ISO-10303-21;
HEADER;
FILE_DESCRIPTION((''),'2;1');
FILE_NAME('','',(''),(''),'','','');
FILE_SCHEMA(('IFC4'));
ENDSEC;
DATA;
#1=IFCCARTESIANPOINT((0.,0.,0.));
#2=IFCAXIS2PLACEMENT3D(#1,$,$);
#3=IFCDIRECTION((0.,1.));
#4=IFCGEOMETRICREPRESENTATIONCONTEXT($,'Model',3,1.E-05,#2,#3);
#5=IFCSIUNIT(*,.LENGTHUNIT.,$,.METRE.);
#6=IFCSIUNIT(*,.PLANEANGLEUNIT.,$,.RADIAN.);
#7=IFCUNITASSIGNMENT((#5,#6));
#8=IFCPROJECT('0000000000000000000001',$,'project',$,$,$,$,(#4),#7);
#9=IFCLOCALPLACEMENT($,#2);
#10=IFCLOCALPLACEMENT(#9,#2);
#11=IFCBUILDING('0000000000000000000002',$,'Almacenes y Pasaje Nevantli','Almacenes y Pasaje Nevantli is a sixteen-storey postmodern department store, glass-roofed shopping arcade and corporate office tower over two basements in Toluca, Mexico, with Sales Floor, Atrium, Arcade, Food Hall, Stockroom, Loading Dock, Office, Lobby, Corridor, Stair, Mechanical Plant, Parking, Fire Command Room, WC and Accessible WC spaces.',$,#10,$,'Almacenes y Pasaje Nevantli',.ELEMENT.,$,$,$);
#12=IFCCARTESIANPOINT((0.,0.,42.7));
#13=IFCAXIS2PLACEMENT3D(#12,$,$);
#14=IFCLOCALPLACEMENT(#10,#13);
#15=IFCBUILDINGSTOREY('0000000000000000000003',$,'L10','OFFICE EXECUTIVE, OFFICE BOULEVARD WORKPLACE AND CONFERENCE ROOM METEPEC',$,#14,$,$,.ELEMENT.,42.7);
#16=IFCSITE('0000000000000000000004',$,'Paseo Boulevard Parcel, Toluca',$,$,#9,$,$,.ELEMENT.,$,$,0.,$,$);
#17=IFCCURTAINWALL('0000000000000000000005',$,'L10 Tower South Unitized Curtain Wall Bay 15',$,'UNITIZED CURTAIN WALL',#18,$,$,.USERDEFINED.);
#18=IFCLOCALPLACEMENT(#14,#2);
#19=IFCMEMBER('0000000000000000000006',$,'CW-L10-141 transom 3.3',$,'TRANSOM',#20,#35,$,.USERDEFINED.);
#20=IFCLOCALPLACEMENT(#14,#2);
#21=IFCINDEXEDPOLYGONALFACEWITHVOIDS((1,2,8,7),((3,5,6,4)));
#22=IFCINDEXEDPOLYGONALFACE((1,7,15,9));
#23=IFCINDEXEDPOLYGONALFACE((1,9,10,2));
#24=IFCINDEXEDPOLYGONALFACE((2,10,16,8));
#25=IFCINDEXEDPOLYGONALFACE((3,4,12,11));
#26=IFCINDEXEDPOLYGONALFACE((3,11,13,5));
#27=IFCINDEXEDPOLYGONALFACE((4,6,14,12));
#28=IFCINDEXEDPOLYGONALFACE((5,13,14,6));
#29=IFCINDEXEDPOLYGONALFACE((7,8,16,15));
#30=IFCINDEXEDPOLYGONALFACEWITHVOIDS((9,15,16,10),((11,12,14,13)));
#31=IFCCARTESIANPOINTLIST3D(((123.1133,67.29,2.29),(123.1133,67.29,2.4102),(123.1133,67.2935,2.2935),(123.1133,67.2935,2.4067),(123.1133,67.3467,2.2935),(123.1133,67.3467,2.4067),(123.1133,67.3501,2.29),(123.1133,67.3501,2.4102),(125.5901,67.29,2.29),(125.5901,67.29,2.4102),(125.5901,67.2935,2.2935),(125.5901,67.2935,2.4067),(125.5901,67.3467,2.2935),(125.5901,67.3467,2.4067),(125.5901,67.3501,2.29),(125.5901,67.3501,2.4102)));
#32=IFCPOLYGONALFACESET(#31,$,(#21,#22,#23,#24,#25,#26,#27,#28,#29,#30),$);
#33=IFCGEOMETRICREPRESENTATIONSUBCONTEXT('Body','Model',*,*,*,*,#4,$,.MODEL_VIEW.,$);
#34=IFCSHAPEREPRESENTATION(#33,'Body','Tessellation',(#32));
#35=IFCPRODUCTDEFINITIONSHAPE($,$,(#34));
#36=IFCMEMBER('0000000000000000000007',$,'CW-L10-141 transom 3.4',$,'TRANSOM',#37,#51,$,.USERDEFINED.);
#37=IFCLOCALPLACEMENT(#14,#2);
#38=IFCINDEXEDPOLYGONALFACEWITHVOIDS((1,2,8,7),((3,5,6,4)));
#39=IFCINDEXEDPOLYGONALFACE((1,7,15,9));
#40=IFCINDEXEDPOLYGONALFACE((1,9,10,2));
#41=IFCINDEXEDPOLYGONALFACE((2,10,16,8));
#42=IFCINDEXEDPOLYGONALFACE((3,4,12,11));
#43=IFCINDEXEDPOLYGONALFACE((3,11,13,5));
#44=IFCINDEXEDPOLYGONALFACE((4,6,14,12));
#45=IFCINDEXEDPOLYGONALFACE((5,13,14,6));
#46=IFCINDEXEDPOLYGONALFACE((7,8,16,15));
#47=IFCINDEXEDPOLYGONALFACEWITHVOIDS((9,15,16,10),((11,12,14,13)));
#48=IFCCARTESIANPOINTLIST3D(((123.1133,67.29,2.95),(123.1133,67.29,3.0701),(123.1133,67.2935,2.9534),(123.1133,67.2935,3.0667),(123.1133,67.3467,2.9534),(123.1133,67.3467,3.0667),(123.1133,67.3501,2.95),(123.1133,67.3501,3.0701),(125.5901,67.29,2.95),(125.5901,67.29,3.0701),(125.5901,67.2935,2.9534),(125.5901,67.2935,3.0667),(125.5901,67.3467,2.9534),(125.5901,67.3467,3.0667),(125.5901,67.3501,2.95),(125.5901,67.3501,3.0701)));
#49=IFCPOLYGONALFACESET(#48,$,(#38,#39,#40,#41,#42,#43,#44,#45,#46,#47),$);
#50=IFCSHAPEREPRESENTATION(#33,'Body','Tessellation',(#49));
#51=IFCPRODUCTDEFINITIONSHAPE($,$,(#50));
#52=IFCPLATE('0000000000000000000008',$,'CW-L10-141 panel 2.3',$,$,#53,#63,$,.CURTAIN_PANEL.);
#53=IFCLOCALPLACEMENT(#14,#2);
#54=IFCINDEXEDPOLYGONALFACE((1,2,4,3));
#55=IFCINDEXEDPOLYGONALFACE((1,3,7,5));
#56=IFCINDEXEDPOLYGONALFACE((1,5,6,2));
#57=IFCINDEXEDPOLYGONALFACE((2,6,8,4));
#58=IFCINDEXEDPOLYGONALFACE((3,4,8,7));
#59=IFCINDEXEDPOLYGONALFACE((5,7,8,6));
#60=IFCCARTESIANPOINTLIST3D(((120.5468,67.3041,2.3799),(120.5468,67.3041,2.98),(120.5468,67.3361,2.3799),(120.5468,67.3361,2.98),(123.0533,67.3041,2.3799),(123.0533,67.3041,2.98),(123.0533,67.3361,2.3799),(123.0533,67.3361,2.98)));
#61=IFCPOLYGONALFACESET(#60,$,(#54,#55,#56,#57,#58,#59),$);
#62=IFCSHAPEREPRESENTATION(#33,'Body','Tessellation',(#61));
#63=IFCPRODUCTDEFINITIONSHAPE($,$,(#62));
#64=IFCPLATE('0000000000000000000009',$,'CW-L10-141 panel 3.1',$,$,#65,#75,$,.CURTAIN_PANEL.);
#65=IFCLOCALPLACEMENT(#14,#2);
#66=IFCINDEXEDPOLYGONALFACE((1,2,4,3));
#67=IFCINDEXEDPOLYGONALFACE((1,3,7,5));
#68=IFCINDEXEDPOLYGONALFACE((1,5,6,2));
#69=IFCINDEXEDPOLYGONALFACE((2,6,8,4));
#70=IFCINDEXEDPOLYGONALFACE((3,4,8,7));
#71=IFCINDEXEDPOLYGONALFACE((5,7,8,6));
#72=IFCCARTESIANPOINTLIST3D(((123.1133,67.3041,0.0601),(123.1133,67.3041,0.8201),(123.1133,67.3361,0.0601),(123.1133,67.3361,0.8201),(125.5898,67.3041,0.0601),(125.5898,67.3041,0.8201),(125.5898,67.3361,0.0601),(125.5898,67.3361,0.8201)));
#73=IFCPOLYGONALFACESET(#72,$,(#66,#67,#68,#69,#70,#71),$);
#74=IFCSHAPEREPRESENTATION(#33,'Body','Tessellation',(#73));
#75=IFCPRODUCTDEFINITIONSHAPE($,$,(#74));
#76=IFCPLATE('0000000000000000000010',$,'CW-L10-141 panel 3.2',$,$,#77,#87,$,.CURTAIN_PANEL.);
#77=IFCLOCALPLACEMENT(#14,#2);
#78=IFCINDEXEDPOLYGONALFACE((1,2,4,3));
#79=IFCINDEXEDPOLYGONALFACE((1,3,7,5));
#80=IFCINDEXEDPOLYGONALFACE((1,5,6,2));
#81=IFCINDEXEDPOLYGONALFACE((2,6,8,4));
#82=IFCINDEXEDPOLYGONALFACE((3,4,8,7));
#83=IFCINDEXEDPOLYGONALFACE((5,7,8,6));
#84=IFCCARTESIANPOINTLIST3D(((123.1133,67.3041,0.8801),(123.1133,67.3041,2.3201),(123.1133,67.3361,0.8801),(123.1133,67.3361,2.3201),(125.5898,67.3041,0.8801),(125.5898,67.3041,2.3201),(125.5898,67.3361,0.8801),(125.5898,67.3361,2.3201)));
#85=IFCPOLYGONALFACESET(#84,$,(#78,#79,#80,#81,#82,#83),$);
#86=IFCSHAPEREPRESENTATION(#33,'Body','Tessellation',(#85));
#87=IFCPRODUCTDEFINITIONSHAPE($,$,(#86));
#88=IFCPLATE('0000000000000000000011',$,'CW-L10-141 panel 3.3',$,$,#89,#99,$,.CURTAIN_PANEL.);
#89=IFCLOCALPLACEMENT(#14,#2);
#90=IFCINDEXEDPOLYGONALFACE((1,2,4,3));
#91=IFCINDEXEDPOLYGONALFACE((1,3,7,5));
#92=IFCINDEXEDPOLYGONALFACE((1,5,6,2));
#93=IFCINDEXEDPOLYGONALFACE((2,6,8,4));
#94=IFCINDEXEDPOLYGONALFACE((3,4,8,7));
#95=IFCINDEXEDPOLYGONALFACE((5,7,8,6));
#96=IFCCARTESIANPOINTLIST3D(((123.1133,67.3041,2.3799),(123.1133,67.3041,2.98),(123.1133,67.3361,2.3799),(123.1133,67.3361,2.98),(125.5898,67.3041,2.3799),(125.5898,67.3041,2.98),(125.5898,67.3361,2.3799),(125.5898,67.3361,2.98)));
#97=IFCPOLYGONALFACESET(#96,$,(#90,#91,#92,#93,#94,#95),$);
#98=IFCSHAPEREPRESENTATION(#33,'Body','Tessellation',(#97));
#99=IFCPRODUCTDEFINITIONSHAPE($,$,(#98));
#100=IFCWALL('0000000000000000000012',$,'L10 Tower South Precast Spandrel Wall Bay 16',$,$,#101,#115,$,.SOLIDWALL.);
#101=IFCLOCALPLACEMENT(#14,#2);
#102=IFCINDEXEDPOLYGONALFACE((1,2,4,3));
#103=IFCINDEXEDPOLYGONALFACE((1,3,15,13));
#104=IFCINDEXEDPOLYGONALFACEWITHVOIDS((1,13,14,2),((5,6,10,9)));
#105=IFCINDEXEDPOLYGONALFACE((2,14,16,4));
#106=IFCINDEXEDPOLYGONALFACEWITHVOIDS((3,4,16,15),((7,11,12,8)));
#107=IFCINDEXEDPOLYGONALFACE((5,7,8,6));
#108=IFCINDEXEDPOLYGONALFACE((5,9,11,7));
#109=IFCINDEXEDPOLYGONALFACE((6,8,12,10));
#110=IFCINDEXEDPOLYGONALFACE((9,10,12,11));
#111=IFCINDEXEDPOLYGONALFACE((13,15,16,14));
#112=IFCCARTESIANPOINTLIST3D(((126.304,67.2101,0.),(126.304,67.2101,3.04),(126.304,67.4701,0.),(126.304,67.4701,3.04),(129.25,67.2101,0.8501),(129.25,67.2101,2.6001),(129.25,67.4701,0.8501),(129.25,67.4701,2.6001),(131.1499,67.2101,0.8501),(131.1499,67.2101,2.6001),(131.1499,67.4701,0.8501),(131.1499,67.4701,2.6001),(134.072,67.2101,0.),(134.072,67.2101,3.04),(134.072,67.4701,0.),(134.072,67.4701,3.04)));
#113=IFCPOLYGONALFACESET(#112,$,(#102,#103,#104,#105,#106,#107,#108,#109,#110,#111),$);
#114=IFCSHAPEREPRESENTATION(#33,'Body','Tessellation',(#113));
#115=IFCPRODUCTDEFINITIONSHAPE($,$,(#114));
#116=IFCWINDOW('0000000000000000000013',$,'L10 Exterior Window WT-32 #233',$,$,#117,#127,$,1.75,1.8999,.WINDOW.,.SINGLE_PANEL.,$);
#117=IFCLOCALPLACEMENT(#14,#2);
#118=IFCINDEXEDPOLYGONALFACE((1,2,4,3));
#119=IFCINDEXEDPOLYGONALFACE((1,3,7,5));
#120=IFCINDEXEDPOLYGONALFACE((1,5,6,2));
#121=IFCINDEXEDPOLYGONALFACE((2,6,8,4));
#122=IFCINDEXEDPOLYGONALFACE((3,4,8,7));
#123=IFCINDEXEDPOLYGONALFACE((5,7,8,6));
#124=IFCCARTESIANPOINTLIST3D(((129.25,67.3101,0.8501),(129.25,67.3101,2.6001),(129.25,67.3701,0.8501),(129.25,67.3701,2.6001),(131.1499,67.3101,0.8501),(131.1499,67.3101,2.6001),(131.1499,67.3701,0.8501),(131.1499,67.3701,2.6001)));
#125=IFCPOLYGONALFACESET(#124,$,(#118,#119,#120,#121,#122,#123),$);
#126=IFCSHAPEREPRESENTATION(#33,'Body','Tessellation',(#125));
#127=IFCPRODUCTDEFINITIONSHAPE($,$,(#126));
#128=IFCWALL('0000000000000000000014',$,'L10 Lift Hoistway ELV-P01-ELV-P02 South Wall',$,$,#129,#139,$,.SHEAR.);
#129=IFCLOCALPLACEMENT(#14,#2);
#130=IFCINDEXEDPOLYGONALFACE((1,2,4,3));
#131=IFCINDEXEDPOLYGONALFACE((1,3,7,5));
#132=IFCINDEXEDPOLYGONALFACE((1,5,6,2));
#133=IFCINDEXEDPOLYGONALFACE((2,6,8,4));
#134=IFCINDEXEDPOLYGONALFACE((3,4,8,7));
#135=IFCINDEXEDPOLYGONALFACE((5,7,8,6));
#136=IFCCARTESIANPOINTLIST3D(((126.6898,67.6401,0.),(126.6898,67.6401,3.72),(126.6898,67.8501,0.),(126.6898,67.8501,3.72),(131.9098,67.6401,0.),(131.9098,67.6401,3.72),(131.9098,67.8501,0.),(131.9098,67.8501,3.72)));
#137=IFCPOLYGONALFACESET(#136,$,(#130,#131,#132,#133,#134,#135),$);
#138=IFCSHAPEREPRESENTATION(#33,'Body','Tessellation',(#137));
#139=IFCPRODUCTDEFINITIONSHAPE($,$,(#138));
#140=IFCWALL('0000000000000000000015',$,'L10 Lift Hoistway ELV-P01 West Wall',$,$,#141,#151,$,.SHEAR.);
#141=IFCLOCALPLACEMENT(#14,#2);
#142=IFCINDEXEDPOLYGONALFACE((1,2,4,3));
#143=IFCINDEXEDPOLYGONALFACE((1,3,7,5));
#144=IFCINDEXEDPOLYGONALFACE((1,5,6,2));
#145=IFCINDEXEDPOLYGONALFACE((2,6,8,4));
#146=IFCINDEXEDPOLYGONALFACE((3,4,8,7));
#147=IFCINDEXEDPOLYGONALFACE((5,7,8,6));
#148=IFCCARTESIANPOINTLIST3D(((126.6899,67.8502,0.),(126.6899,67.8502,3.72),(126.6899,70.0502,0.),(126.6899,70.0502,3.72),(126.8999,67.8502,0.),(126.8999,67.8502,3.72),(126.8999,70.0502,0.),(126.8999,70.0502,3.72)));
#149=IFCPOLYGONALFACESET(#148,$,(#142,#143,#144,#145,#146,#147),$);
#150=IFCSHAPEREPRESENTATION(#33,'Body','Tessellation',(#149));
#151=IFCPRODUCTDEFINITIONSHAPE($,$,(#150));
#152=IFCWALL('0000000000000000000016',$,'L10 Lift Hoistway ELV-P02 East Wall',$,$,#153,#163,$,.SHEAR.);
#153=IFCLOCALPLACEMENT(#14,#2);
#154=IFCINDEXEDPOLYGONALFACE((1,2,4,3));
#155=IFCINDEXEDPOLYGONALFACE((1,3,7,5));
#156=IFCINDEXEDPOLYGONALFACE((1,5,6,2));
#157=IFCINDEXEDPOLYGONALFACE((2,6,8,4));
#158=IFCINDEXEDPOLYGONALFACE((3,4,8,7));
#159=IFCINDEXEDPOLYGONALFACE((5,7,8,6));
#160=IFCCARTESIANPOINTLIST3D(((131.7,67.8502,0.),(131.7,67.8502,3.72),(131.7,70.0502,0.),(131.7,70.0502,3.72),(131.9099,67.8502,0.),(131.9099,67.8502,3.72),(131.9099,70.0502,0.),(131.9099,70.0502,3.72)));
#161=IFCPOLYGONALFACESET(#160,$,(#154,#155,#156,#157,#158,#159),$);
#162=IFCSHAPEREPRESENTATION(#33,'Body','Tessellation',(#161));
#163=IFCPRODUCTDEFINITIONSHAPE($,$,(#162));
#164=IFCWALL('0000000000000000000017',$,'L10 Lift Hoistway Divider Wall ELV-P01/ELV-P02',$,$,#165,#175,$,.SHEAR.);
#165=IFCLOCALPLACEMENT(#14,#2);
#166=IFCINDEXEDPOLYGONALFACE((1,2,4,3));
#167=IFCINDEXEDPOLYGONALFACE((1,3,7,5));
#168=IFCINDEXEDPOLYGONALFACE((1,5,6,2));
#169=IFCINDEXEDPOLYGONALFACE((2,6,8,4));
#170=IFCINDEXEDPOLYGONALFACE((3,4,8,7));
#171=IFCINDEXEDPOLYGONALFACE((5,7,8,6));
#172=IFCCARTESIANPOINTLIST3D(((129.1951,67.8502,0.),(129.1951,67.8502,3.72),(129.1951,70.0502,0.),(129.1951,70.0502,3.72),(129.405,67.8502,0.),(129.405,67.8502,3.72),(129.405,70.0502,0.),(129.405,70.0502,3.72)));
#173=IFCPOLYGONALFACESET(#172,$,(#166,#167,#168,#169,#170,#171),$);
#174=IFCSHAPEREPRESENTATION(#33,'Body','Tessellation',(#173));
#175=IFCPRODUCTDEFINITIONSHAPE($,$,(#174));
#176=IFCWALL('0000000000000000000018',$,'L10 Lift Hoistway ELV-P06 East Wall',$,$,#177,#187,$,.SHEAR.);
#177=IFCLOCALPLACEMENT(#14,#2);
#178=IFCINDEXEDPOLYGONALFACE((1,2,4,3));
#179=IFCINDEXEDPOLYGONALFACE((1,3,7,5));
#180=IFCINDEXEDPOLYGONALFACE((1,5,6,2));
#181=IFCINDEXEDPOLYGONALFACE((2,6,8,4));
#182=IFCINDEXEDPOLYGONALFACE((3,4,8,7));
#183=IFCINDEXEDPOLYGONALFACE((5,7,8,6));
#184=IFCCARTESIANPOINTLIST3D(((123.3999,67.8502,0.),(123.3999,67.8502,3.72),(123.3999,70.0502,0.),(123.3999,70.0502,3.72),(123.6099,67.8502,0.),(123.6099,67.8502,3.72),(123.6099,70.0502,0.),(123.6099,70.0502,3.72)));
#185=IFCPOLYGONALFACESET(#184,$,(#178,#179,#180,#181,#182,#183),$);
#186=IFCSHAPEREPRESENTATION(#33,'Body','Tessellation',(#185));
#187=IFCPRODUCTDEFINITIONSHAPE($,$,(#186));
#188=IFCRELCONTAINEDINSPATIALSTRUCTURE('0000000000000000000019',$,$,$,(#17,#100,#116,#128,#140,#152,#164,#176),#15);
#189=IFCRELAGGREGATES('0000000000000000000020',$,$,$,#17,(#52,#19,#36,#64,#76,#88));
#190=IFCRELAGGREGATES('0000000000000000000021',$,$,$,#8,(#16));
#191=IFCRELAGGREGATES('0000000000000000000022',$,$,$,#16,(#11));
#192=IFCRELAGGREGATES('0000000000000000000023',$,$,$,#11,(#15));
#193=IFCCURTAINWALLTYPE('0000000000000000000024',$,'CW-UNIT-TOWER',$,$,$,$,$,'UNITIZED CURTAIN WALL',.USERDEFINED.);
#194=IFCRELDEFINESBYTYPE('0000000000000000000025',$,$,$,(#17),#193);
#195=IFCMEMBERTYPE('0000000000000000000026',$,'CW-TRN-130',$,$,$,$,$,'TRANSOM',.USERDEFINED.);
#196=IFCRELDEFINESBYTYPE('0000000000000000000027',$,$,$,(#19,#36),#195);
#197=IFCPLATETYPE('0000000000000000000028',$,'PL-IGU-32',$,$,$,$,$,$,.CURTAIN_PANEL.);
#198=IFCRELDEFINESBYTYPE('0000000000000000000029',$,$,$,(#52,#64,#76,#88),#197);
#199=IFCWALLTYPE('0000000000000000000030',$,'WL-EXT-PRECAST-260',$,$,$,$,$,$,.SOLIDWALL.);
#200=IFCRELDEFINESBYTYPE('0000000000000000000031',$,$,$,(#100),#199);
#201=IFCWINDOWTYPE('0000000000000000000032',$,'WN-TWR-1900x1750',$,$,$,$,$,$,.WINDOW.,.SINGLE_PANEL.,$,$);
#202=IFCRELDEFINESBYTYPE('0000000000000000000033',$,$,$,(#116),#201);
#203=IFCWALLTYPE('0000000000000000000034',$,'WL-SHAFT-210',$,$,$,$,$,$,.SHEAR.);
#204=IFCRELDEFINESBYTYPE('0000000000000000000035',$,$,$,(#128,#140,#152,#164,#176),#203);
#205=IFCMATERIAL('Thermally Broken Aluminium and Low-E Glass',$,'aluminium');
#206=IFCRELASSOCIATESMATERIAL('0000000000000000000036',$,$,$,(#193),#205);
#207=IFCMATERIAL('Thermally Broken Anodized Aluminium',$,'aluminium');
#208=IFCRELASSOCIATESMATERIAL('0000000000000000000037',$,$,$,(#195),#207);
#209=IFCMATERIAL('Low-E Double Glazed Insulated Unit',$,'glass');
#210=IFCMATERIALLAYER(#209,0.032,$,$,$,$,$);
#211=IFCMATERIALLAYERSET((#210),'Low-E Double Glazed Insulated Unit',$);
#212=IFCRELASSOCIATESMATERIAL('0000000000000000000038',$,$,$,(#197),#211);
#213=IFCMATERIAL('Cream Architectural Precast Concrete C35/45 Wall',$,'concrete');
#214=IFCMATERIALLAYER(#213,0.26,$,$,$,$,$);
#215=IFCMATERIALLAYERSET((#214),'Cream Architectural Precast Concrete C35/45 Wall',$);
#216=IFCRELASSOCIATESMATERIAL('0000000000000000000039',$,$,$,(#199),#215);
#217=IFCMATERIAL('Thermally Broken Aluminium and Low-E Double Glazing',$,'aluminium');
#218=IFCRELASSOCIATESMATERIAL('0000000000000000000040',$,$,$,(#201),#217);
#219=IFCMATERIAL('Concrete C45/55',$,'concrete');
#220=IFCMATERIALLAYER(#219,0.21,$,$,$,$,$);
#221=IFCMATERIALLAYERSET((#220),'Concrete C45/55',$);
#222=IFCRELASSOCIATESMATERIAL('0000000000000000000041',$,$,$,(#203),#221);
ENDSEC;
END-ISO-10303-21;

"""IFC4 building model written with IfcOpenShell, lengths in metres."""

from ifc_helpers import new_model, si_unit, direction, frame, frame_2d, origin, origin_2d, place, context, subcontext, project, spatial, rectangle, hollow_rectangle, extrude, material, layer, layer_set, material_profile, profile_set, type_object, element, fill, aggregate, save


model = new_model("IFC4")

# Units and contexts
model_context = context("Model", 3, precision=1e-05, world=origin(), true_north=direction((0.0, 1.0)))
body_context = subcontext(model_context, "Body", "Model", "MODEL_VIEW")
ifc_project = project(units=[si_unit("LENGTHUNIT", "METRE"), si_unit("PLANEANGLEUNIT", "RADIAN")], contexts=[model_context])

# Site, building, storey
site_placement = place(None, origin())
site = spatial("IfcSite", under=ifc_project, at=site_placement, Name="Paseo Boulevard Parcel, Toluca", CompositionType="ELEMENT", RefElevation=0.0)
building_placement = place(site_placement, origin())
building = spatial("IfcBuilding", under=site, at=building_placement, Name="Almacenes y Pasaje Nevantli", Description="Almacenes y Pasaje Nevantli is a sixteen-storey postmodern department store, glass-roofed shopping arcade and corporate office tower over two basements in Toluca, Mexico, with Sales Floor, Atrium, Arcade, Food Hall, Stockroom, Loading Dock, Office, Lobby, Corridor, Stair, Mechanical Plant, Parking, Fire Command Room, WC and Accessible WC spaces.", LongName="Almacenes y Pasaje Nevantli", CompositionType="ELEMENT")
storey_placement = place(building_placement, frame((0.0, 0.0, 42.7)))
storey = spatial("IfcBuildingStorey", under=building, at=storey_placement, Name="L10", Description="OFFICE EXECUTIVE, OFFICE BOULEVARD WORKPLACE AND CONFERENCE ROOM METEPEC", CompositionType="ELEMENT", Elevation=42.7)

# Curtain wall, members, plates
ifc_material_1 = material(Name="Thermally Broken Aluminium and Low-E Glass", Category="aluminium")
curtain_wall_type = type_object("IfcCurtainWallType", Name="CW-UNIT-TOWER", ElementType="UNITIZED CURTAIN WALL", PredefinedType="USERDEFINED", material=ifc_material_1)
curtain_wall_placement = place(storey_placement, origin())
curtain_wall = element("IfcCurtainWall", 1, at=curtain_wall_placement, inside=storey, type_object=curtain_wall_type, Name="L10 Tower South Unitized Curtain Wall Bay 15", ObjectType="UNITIZED CURTAIN WALL", PredefinedType="USERDEFINED")
ifc_material_2 = material(Name="Thermally Broken Anodized Aluminium", Category="aluminium")
ifc_material_profile_1 = material_profile(ifc_material_2, hollow_rectangle(XDim=0.0601, YDim=0.1201, WallThickness=0.0034, at=origin_2d()), Name="ALU-TRN-60x120")
ifc_profile_set_1 = profile_set([ifc_material_profile_1], Name="Thermally Broken Anodized Aluminium")
member_type_1 = type_object("IfcMemberType", Name="CW-TRN-130", ElementType="TRANSOM", PredefinedType="USERDEFINED", material=ifc_profile_set_1)
member_1_placement = place(storey_placement, frame((123.1133, 67.3201, 2.3501), z_axis=(1.0, 0.0, 0.0), x_axis=(0.0, 1.0, 0.0)))
member_1 = element("IfcMember", 2, at=member_1_placement, type_object=member_type_1, Name="CW-L10-141 transom 3.3", ObjectType="TRANSOM", PredefinedType="USERDEFINED", context=body_context, shape_type="SweptSolid", body=[
    extrude(hollow_rectangle(XDim=0.0601, YDim=0.1201, WallThickness=0.0034, at=origin_2d()), origin(), (0.0, 0.0, 1.0), 2.4768),
])
member_2_placement = place(storey_placement, frame((123.1133, 67.3201, 3.01), z_axis=(1.0, 0.0, 0.0), x_axis=(0.0, 1.0, 0.0)))
member_2 = element("IfcMember", 3, at=member_2_placement, type_object=member_type_1, Name="CW-L10-141 transom 3.4", ObjectType="TRANSOM", PredefinedType="USERDEFINED", context=body_context, shape_type="SweptSolid", body=[
    extrude(hollow_rectangle(XDim=0.0601, YDim=0.1201, WallThickness=0.0034, at=origin_2d()), origin(), (0.0, 0.0, 1.0), 2.4768),
])
ifc_material_3 = material(Name="Low-E Double Glazed Insulated Unit", Category="glass")
ifc_layer_1 = layer(ifc_material_3, 0.032)
ifc_layer_set_1 = layer_set([ifc_layer_1], Name="Low-E Double Glazed Insulated Unit")
plate_type = type_object("IfcPlateType", Name="PL-IGU-32", PredefinedType="CURTAIN_PANEL", material=ifc_layer_set_1)
plate_1_placement = place(storey_placement, frame((121.8, 67.3201, 2.3799), z_axis=(0.0, 0.0, 1.0), x_axis=(1.0, 0.0, 0.0)))
plate_1 = element("IfcPlate", 4, at=plate_1_placement, type_object=plate_type, Name="CW-L10-141 panel 2.3", PredefinedType="CURTAIN_PANEL", context=body_context, shape_type="SweptSolid", body=[
    extrude(rectangle(XDim=2.5066, YDim=0.032, at=origin_2d()), origin(), (0.0, 0.0, 1.0), 0.6001),
])
plate_2_placement = place(storey_placement, frame((124.3516, 67.3201, 0.0601), z_axis=(0.0, 0.0, 1.0), x_axis=(1.0, 0.0, 0.0)))
plate_2 = element("IfcPlate", 5, at=plate_2_placement, type_object=plate_type, Name="CW-L10-141 panel 3.1", PredefinedType="CURTAIN_PANEL", context=body_context, shape_type="SweptSolid", body=[
    extrude(rectangle(XDim=2.4766, YDim=0.032, at=origin_2d()), origin(), (0.0, 0.0, 1.0), 0.76),
])
plate_3_placement = place(storey_placement, frame((124.3516, 67.3201, 0.8801), z_axis=(0.0, 0.0, 1.0), x_axis=(1.0, 0.0, 0.0)))
plate_3 = element("IfcPlate", 6, at=plate_3_placement, type_object=plate_type, Name="CW-L10-141 panel 3.2", PredefinedType="CURTAIN_PANEL", context=body_context, shape_type="SweptSolid", body=[
    extrude(rectangle(XDim=2.4766, YDim=0.032, at=origin_2d()), origin(), (0.0, 0.0, 1.0), 1.4399),
])
plate_4_placement = place(storey_placement, frame((124.3516, 67.3201, 2.3799), z_axis=(0.0, 0.0, 1.0), x_axis=(1.0, 0.0, 0.0)))
plate_4 = element("IfcPlate", 7, at=plate_4_placement, type_object=plate_type, Name="CW-L10-141 panel 3.3", PredefinedType="CURTAIN_PANEL", context=body_context, shape_type="SweptSolid", body=[
    extrude(rectangle(XDim=2.4766, YDim=0.032, at=origin_2d()), origin(), (0.0, 0.0, 1.0), 0.6001),
])
aggregate(curtain_wall, [plate_1, member_1, member_2, plate_2, plate_3, plate_4])

# Wall, opening, window
ifc_material_4 = material(Name="Cream Architectural Precast Concrete C35/45 Wall", Category="concrete")
ifc_layer_2 = layer(ifc_material_4, 0.26)
ifc_layer_set_2 = layer_set([ifc_layer_2], Name="Cream Architectural Precast Concrete C35/45 Wall")
wall_type_1 = type_object("IfcWallType", Name="WL-EXT-PRECAST-260", PredefinedType="SOLIDWALL", material=ifc_layer_set_2)
wall_1_placement = place(storey_placement, frame((126.304, 67.3401, 0.0), z_axis=(0.0, 0.0, 1.0), x_axis=(1.0, 0.0, 0.0)))
wall_1 = element("IfcWall", 8, at=wall_1_placement, inside=storey, type_object=wall_type_1, Name="L10 Tower South Precast Spandrel Wall Bay 16", PredefinedType="SOLIDWALL", context=body_context, shape_type="SweptSolid", body=[
    extrude(rectangle(XDim=7.7681, YDim=0.26, at=frame_2d((3.884, 0.0))), origin(), (0.0, 0.0, 1.0), 3.04),
])
opening_1_placement = place(wall_1_placement, frame((2.946, 0.0, 0.8501)))
opening_1 = element("IfcOpeningElement", 9, at=opening_1_placement, cuts=wall_1, PredefinedType="OPENING", context=body_context, shape_type="SweptSolid", body=[
    extrude(rectangle(XDim=1.8999, YDim=1.75, at=frame_2d((0.95, 0.875))), frame((0.0, 0.1399, 0.0), z_axis=(0.0, -1.0, 0.0), x_axis=(1.0, 0.0, 0.0)), (0.0, 0.0, 1.0), 0.28),
])
ifc_material_5 = material(Name="Thermally Broken Aluminium and Low-E Double Glazing", Category="aluminium")
window_type = type_object("IfcWindowType", Name="WN-TWR-1900x1750", PartitioningType="SINGLE_PANEL", PredefinedType="WINDOW", material=ifc_material_5)
window_placement = place(opening_1_placement, origin())
window = element("IfcWindow", 10, at=window_placement, inside=storey, type_object=window_type, Name="L10 Exterior Window WT-32 #233", OverallHeight=1.75, OverallWidth=1.8999, PartitioningType="SINGLE_PANEL", PredefinedType="WINDOW", context=body_context, shape_type="SweptSolid", body=[
    extrude(rectangle(XDim=1.8999, YDim=1.75, at=frame_2d((0.95, 0.875))), frame((0.0, 0.03, 0.0), z_axis=(0.0, -1.0, 0.0), x_axis=(1.0, 0.0, 0.0)), (0.0, 0.0, 1.0), 0.0601),
])
fill(opening_1, window)

# Wall
ifc_material_6 = material(Name="Concrete C45/55", Category="concrete")
ifc_layer_3 = layer(ifc_material_6, 0.21)
ifc_layer_set_3 = layer_set([ifc_layer_3], Name="Concrete C45/55")
wall_type_2 = type_object("IfcWallType", Name="WL-SHAFT-210", PredefinedType="SHEAR", material=ifc_layer_set_3)
wall_2_placement = place(storey_placement, frame((126.6899, 67.7451, 0.0), z_axis=(0.0, 0.0, 1.0), x_axis=(1.0, 0.0, 0.0)))
element("IfcWall", 11, at=wall_2_placement, inside=storey, type_object=wall_type_2, Name="L10 Lift Hoistway ELV-P01-ELV-P02 South Wall", PredefinedType="SHEAR", context=body_context, shape_type="SweptSolid", body=[
    extrude(rectangle(XDim=5.22, YDim=0.21, at=frame_2d((2.6099, 0.0))), origin(), (0.0, 0.0, 1.0), 3.72),
])

# Walls
for number, where, z_axis, x_axis, name in (
    (12, (126.7949, 67.8501, 0.0), (0.0, 0.0, 1.0), (0.0, 1.0, 0.0), "L10 Lift Hoistway ELV-P01 West Wall"),
    (13, (131.8049, 67.8501, 0.0), (0.0, 0.0, 1.0), (0.0, 1.0, 0.0), "L10 Lift Hoistway ELV-P02 East Wall"),
    (14, (129.3, 67.8501, 0.0), (0.0, 0.0, 1.0), (0.0, 1.0, 0.0), "L10 Lift Hoistway Divider Wall ELV-P01/ELV-P02"),
):
    element("IfcWall", number, at=place(storey_placement, frame(where, z_axis=z_axis, x_axis=x_axis)), inside=storey, type_object=wall_type_2, Name=name, PredefinedType="SHEAR", context=body_context, shape_type="SweptSolid", body=[
        extrude(rectangle(XDim=2.2, YDim=0.21, at=frame_2d((1.1001, 0.0))), origin(), (0.0, 0.0, 1.0), 3.72),
    ])

# Wall
for number, where, z_axis, x_axis, name in (
    (15, (123.5049, 67.8501, 0.0), (0.0, 0.0, 1.0), (0.0, 1.0, 0.0), "L10 Lift Hoistway ELV-P06 East Wall"),
):
    element("IfcWall", number, at=place(storey_placement, frame(where, z_axis=z_axis, x_axis=x_axis)), inside=storey, type_object=wall_type_2, Name=name, PredefinedType="SHEAR", context=body_context, shape_type="SweptSolid", body=[
        extrude(rectangle(XDim=2.2, YDim=0.21, at=frame_2d((1.1001, 0.0))), origin(), (0.0, 0.0, 1.0), 3.72),
    ])

save(model, "model.ifc")
